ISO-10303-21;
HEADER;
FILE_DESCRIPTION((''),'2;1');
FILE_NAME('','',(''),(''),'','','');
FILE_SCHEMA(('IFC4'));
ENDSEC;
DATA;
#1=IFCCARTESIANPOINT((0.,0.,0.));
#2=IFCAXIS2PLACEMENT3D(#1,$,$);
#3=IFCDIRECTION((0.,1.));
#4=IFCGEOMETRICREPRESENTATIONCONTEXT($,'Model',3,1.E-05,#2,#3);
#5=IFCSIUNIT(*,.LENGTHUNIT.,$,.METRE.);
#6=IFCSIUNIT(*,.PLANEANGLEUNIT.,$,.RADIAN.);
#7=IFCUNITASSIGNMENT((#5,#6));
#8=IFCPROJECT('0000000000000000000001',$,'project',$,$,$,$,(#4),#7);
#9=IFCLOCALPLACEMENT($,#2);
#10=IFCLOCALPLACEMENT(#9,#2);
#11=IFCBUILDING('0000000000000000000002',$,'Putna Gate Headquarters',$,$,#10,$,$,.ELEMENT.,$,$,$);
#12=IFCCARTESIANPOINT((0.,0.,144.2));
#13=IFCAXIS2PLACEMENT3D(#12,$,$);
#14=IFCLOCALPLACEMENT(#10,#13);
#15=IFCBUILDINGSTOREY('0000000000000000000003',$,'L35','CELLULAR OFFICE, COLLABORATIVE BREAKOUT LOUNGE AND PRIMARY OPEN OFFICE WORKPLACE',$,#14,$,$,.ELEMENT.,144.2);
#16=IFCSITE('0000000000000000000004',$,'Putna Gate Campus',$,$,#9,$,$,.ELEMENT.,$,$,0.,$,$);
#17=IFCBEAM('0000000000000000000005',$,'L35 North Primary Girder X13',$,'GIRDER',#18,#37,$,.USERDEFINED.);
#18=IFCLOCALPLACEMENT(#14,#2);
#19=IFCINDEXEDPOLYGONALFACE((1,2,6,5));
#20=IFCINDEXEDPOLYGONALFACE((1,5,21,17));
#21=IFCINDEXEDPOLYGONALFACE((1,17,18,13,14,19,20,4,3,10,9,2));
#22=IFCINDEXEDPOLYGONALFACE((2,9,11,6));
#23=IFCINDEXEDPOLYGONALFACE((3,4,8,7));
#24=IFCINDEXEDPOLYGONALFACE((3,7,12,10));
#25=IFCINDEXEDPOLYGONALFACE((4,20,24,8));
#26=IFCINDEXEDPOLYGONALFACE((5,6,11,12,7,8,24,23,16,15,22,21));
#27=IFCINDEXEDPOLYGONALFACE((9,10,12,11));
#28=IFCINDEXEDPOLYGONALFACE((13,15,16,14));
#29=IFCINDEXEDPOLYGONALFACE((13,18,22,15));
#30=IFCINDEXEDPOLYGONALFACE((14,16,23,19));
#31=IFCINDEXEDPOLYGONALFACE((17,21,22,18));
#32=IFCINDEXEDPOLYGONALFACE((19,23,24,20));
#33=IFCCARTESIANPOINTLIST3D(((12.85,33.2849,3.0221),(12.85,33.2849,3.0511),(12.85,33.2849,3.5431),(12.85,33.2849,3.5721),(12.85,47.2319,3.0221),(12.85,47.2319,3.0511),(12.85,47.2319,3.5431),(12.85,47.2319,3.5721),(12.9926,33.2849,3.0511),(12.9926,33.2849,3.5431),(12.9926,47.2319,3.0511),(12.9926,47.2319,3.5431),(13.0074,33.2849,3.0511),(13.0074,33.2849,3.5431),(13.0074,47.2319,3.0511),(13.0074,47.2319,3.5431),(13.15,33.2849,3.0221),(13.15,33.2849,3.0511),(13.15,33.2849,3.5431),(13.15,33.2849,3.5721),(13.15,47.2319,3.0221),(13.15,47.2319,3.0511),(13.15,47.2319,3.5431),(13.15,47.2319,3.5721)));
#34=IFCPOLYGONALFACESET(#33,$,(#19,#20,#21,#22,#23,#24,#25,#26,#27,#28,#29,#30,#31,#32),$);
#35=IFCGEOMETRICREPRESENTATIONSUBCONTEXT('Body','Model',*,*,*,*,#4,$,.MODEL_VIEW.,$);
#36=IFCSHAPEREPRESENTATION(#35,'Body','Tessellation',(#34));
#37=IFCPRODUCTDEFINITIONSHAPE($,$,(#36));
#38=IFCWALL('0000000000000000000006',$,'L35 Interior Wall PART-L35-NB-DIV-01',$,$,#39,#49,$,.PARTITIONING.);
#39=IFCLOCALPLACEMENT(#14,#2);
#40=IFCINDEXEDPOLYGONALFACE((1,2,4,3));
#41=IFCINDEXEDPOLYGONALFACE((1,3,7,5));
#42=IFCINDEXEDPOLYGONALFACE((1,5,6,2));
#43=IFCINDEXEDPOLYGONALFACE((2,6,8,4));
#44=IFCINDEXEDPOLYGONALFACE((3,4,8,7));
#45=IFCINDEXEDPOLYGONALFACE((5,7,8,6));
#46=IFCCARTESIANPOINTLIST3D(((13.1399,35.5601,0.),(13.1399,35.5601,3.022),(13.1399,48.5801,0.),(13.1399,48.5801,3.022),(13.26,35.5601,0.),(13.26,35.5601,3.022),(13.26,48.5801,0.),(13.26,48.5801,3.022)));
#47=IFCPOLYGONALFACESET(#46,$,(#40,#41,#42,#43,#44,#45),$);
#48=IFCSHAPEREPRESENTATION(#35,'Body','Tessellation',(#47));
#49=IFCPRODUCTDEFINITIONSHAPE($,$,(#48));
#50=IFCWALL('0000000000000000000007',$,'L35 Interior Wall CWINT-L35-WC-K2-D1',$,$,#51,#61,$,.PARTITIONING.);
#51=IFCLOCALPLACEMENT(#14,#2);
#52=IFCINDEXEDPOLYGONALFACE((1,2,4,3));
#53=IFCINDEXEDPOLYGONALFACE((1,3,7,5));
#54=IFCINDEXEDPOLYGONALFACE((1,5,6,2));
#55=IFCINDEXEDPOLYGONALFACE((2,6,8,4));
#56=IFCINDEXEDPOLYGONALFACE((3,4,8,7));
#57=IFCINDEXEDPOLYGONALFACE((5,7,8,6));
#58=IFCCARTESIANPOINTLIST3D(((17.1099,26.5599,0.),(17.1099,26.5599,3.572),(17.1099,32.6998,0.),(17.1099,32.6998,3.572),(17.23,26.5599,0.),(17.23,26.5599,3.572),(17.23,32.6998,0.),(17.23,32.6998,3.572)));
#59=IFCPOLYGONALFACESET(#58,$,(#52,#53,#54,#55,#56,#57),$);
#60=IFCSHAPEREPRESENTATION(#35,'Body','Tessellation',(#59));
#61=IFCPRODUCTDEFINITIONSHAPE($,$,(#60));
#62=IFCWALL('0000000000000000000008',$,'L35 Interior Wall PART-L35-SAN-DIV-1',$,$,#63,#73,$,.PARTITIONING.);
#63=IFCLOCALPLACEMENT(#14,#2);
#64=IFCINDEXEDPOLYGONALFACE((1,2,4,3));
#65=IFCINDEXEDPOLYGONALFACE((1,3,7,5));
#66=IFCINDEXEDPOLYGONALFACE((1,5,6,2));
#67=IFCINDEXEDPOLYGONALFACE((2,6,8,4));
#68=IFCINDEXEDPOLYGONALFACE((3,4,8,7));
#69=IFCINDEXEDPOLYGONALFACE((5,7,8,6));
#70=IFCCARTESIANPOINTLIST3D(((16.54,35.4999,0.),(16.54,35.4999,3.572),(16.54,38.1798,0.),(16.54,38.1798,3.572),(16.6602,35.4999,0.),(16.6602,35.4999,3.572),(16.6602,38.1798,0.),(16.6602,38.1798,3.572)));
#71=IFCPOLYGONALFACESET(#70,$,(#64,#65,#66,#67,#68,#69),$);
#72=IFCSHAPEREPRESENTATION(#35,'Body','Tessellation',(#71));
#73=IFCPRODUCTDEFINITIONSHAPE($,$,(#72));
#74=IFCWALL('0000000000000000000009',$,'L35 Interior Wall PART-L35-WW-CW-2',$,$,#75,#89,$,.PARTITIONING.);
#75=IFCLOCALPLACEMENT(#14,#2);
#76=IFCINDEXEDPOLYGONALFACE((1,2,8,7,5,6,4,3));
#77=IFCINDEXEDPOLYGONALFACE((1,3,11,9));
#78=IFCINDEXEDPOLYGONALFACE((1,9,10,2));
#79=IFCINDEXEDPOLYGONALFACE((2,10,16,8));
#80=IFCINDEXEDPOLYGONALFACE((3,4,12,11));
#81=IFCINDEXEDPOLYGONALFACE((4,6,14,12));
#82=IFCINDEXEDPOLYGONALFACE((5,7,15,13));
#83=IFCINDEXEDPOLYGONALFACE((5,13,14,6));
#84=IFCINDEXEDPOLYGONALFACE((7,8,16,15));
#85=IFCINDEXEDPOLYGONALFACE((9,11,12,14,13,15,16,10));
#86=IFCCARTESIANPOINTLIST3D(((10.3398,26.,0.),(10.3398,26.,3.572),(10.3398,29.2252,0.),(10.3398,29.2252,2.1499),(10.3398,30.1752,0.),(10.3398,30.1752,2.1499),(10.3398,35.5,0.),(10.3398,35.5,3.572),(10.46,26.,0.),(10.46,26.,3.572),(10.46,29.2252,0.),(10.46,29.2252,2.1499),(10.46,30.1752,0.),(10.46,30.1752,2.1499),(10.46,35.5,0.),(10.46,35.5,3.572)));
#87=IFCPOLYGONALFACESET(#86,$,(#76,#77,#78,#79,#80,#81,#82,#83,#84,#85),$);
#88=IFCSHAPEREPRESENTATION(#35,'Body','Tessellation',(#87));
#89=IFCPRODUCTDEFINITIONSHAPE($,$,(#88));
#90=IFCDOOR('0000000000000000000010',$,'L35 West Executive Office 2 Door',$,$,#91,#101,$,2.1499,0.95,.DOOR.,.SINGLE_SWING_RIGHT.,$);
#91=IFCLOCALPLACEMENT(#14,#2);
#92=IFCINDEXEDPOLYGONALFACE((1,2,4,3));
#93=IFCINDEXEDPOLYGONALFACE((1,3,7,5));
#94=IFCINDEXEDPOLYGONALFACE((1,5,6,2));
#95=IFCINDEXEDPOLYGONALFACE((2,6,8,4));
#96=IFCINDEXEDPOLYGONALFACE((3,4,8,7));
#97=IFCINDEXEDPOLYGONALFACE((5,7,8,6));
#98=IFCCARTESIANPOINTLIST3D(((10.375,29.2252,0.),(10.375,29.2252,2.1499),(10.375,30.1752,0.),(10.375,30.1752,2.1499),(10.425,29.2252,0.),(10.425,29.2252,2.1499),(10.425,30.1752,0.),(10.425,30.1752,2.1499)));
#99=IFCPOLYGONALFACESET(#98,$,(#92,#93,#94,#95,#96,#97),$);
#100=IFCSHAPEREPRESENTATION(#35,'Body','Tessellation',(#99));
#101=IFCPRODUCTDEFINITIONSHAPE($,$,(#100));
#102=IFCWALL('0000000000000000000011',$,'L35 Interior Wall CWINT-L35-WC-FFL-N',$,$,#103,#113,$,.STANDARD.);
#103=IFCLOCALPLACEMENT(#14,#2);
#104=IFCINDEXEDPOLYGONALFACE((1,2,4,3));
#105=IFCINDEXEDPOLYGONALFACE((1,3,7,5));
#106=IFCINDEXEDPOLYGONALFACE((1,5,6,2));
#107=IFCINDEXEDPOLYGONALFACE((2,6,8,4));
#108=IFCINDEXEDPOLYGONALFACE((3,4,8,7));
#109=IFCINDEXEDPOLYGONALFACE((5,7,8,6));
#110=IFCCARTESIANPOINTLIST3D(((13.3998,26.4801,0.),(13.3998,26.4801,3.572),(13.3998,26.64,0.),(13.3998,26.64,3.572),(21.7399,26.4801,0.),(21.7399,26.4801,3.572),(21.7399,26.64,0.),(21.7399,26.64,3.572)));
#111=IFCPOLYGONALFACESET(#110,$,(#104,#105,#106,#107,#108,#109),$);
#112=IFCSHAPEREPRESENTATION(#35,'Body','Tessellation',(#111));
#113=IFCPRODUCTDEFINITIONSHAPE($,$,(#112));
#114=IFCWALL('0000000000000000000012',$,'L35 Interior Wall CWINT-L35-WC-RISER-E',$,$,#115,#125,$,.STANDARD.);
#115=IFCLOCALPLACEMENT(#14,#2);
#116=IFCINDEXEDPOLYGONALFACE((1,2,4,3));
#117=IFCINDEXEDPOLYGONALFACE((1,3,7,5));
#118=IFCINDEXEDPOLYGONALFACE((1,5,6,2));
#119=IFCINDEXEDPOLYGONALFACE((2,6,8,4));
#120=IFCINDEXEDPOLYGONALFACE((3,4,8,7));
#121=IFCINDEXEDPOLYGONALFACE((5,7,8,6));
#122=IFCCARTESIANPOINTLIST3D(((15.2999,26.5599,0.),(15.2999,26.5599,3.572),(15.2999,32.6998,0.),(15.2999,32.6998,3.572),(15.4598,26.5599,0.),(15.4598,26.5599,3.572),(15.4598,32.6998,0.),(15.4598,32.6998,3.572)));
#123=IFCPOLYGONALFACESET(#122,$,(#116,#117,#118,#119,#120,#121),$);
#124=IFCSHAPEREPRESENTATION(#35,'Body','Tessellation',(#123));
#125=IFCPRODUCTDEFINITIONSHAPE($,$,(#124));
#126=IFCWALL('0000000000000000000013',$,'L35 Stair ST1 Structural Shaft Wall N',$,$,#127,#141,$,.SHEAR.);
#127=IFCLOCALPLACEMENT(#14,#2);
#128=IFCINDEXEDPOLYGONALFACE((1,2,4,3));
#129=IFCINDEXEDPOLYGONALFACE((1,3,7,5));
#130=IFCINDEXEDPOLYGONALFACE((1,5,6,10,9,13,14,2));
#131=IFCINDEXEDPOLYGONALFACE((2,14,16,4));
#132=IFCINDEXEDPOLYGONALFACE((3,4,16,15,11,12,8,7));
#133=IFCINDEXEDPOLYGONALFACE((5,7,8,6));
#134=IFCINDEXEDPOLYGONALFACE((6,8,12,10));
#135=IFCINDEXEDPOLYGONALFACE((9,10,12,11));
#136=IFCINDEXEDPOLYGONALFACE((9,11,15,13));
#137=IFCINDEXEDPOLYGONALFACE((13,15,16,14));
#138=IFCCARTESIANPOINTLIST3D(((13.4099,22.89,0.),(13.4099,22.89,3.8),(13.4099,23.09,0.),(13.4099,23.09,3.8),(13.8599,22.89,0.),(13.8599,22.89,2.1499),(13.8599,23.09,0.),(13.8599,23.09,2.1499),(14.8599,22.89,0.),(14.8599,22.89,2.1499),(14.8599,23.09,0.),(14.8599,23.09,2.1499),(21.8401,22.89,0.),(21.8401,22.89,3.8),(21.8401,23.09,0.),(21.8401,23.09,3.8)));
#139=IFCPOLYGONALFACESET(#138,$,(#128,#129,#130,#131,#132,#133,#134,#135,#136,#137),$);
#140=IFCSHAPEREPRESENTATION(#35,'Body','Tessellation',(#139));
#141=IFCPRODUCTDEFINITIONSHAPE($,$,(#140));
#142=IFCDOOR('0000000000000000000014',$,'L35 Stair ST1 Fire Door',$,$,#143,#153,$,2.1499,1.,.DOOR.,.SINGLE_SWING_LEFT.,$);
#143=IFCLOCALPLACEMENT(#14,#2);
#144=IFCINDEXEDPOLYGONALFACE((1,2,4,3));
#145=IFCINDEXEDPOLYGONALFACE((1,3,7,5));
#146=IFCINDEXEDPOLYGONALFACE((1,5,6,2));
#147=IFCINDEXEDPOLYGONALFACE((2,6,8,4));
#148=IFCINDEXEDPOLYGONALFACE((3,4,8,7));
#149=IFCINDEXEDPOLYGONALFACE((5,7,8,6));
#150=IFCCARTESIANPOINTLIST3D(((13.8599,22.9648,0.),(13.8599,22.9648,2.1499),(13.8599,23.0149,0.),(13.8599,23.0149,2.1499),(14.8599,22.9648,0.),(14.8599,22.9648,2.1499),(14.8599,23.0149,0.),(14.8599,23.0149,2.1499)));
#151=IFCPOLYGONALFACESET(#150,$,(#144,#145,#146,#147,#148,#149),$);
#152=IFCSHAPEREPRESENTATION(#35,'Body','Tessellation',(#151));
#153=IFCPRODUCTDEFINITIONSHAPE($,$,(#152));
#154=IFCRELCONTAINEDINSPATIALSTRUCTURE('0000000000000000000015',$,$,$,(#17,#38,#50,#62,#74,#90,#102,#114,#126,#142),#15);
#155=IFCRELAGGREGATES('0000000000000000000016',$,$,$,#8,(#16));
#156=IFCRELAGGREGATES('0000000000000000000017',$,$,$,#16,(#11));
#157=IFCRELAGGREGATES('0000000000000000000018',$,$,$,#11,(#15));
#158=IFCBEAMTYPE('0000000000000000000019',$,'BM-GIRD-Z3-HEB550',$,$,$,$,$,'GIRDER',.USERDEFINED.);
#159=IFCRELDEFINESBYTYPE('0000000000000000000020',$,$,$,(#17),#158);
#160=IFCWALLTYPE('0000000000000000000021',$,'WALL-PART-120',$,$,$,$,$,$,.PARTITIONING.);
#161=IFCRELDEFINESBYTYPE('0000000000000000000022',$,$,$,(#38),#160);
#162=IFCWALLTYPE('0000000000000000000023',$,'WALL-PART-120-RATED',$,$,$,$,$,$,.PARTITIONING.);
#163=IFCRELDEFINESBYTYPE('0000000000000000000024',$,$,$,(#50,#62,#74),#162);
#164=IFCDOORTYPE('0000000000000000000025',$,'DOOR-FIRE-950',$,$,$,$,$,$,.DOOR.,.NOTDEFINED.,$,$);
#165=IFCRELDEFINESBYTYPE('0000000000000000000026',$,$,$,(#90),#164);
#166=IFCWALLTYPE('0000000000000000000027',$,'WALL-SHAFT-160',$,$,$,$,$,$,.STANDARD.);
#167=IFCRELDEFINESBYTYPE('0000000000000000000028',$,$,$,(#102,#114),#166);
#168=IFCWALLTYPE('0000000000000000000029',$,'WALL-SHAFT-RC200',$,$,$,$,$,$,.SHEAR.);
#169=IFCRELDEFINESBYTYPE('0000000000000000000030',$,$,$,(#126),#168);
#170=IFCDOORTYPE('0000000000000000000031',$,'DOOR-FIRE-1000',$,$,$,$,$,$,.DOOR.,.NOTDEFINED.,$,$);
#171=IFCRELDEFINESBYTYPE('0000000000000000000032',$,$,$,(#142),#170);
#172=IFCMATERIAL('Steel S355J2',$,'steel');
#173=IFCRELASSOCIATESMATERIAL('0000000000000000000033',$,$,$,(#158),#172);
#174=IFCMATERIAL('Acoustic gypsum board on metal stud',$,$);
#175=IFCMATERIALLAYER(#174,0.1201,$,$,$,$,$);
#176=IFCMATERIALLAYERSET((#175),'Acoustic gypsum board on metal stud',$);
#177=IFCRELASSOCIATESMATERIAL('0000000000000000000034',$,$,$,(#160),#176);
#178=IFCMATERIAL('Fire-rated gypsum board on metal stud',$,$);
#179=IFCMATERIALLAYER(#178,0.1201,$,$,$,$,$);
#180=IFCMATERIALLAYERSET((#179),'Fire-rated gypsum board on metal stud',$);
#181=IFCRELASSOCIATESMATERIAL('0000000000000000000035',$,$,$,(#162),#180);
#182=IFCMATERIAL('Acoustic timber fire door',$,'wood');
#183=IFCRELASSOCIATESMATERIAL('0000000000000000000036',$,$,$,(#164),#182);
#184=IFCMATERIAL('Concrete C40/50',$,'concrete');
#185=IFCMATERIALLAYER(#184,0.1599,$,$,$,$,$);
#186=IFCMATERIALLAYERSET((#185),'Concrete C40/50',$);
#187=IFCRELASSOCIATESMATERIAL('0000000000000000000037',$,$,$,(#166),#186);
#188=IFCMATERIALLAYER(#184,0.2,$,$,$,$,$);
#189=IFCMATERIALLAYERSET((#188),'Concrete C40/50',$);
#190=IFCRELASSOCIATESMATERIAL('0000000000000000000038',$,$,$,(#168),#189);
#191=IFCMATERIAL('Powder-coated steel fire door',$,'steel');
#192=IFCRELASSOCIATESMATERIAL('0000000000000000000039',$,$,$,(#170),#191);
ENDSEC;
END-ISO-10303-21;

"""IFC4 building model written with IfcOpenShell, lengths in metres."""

from ifc_helpers import new_model, si_unit, direction, frame, frame_2d, origin, origin_2d, place, context, subcontext, project, spatial, rectangle, i_section, extrude, material, layer, layer_set, material_profile, profile_set, type_object, element, fill, save


model = new_model("IFC4")

# Units and contexts
model_context = context("Model", 3, precision=1e-05, world=origin(), true_north=direction((0.0, 1.0)))
body_context = subcontext(model_context, "Body", "Model", "MODEL_VIEW")
ifc_project = project(units=[si_unit("LENGTHUNIT", "METRE"), si_unit("PLANEANGLEUNIT", "RADIAN")], contexts=[model_context])

# Site, building, storey
site_placement = place(None, origin())
site = spatial("IfcSite", under=ifc_project, at=site_placement, Name="Putna Gate Campus", CompositionType="ELEMENT", RefElevation=0.0)
building_placement = place(site_placement, origin())
building = spatial("IfcBuilding", under=site, at=building_placement, Name="Putna Gate Headquarters", CompositionType="ELEMENT")
storey_placement = place(building_placement, frame((0.0, 0.0, 144.2)))
storey = spatial("IfcBuildingStorey", under=building, at=storey_placement, Name="L35", Description="CELLULAR OFFICE, COLLABORATIVE BREAKOUT LOUNGE AND PRIMARY OPEN OFFICE WORKPLACE", CompositionType="ELEMENT", Elevation=144.2)

# Beam
ifc_material_1 = material(Name="Steel S355J2", Category="steel")
ifc_material_profile = material_profile(ifc_material_1, i_section(OverallWidth=0.3, OverallDepth=0.55, WebThickness=0.0149, FlangeThickness=0.0291, at=origin_2d()), Name="Steel S355J2")
ifc_profile_set = profile_set([ifc_material_profile], Name="Steel S355J2")
beam_type = type_object("IfcBeamType", Name="BM-GIRD-Z3-HEB550", ElementType="GIRDER", PredefinedType="USERDEFINED", material=ifc_profile_set)
beam_placement = place(storey_placement, frame((13.0, 33.2849, 3.2971), z_axis=(0.0, 1.0, 0.0), x_axis=(-1.0, 0.0, 0.0)))
element("IfcBeam", 1, at=beam_placement, inside=storey, type_object=beam_type, Name="L35 North Primary Girder X13", ObjectType="GIRDER", PredefinedType="USERDEFINED", context=body_context, shape_type="SweptSolid", body=[
    extrude(i_section(OverallWidth=0.3, OverallDepth=0.55, WebThickness=0.0149, FlangeThickness=0.0291, at=origin_2d()), origin(), (0.0, 0.0, 1.0), 13.947),
])

# Walls
ifc_material_2 = material(Name="Acoustic gypsum board on metal stud")
ifc_layer_1 = layer(ifc_material_2, 0.1201)
ifc_layer_set_1 = layer_set([ifc_layer_1], Name="Acoustic gypsum board on metal stud")
wall_type_1 = type_object("IfcWallType", Name="WALL-PART-120", PredefinedType="PARTITIONING", material=ifc_layer_set_1)
wall_1_placement = place(storey_placement, frame((13.2, 35.5601, 0.0), z_axis=(0.0, 0.0, 1.0), x_axis=(0.0, 1.0, 0.0)))
element("IfcWall", 2, at=wall_1_placement, inside=storey, type_object=wall_type_1, Name="L35 Interior Wall PART-L35-NB-DIV-01", PredefinedType="PARTITIONING", context=body_context, shape_type="SweptSolid", body=[
    extrude(rectangle(XDim=13.02, YDim=0.1201, at=frame_2d((6.51, 0.0))), origin(), (0.0, 0.0, 1.0), 3.022),
])
ifc_material_3 = material(Name="Fire-rated gypsum board on metal stud")
ifc_layer_2 = layer(ifc_material_3, 0.1201)
ifc_layer_set_2 = layer_set([ifc_layer_2], Name="Fire-rated gypsum board on metal stud")
wall_type_2 = type_object("IfcWallType", Name="WALL-PART-120-RATED", PredefinedType="PARTITIONING", material=ifc_layer_set_2)
wall_2_placement = place(storey_placement, frame((17.1699, 26.5601, 0.0), z_axis=(0.0, 0.0, 1.0), x_axis=(0.0, 1.0, 0.0)))
element("IfcWall", 3, at=wall_2_placement, inside=storey, type_object=wall_type_2, Name="L35 Interior Wall CWINT-L35-WC-K2-D1", PredefinedType="PARTITIONING", context=body_context, shape_type="SweptSolid", body=[
    extrude(rectangle(XDim=6.1399, YDim=0.1201, at=frame_2d((3.0698, 0.0))), origin(), (0.0, 0.0, 1.0), 3.572),
])

# Shared definitions
ifc_material_4 = material(Name="Acoustic timber fire door", Category="wood")
door_type_1 = type_object("IfcDoorType", Name="DOOR-FIRE-950", OperationType="NOTDEFINED", PredefinedType="DOOR", material=ifc_material_4)

# Wall
wall_3_placement = place(storey_placement, frame((16.6001, 35.5, 0.0), z_axis=(0.0, 0.0, 1.0), x_axis=(0.0, 1.0, 0.0)))
element("IfcWall", 4, at=wall_3_placement, inside=storey, type_object=wall_type_2, Name="L35 Interior Wall PART-L35-SAN-DIV-1", PredefinedType="PARTITIONING", context=body_context, shape_type="SweptSolid", body=[
    extrude(rectangle(XDim=2.6799, YDim=0.1201, at=frame_2d((1.3398, 0.0))), origin(), (0.0, 0.0, 1.0), 3.572),
])

# Wall, opening, door
wall_4_placement = place(storey_placement, frame((10.3999, 26.0, 0.0), z_axis=(0.0, 0.0, 1.0), x_axis=(0.0, 1.0, 0.0)))
wall_4 = element("IfcWall", 5, at=wall_4_placement, inside=storey, type_object=wall_type_2, Name="L35 Interior Wall PART-L35-WW-CW-2", PredefinedType="PARTITIONING", context=body_context, shape_type="SweptSolid", body=[
    extrude(rectangle(XDim=9.5, YDim=0.1201, at=frame_2d((4.75, 0.0))), origin(), (0.0, 0.0, 1.0), 3.572),
])
opening_1_placement = place(wall_4_placement, frame((3.2251, 0.0, 0.0)))
opening_1 = element("IfcOpeningElement", 6, at=opening_1_placement, cuts=wall_4, PredefinedType="OPENING", context=body_context, shape_type="SweptSolid", body=[
    extrude(rectangle(XDim=0.95, YDim=2.1499, at=frame_2d((0.4751, 1.075))), frame((0.0, 0.0701, 0.0), z_axis=(0.0, -1.0, 0.0), x_axis=(1.0, 0.0, 0.0)), (0.0, 0.0, 1.0), 0.1401),
])
door_1_placement = place(opening_1_placement, origin())
door_1 = element("IfcDoor", 7, at=door_1_placement, inside=storey, type_object=door_type_1, Name="L35 West Executive Office 2 Door", OperationType="SINGLE_SWING_RIGHT", OverallHeight=2.1499, OverallWidth=0.95, PredefinedType="DOOR", context=body_context, shape_type="SweptSolid", body=[
    extrude(rectangle(XDim=0.95, YDim=2.1499, at=frame_2d((0.4751, 1.075))), frame((0.0, 0.0249, 0.0), z_axis=(0.0, -1.0, 0.0), x_axis=(1.0, 0.0, 0.0)), (0.0, 0.0, 1.0), 0.05),
])
fill(opening_1, door_1)

# Walls
ifc_material_5 = material(Name="Concrete C40/50", Category="concrete")
ifc_layer_3 = layer(ifc_material_5, 0.1599)
ifc_layer_set_3 = layer_set([ifc_layer_3], Name="Concrete C40/50")
wall_type_3 = type_object("IfcWallType", Name="WALL-SHAFT-160", PredefinedType="STANDARD", material=ifc_layer_set_3)
wall_5_placement = place(storey_placement, frame((13.3999, 26.5601, 0.0), z_axis=(0.0, 0.0, 1.0), x_axis=(1.0, 0.0, 0.0)))
element("IfcWall", 8, at=wall_5_placement, inside=storey, type_object=wall_type_3, Name="L35 Interior Wall CWINT-L35-WC-FFL-N", PredefinedType="STANDARD", context=body_context, shape_type="SweptSolid", body=[
    extrude(rectangle(XDim=8.3401, YDim=0.1599, at=frame_2d((4.1699, 0.0))), origin(), (0.0, 0.0, 1.0), 3.572),
])
wall_6_placement = place(storey_placement, frame((15.3799, 26.5601, 0.0), z_axis=(0.0, 0.0, 1.0), x_axis=(0.0, 1.0, 0.0)))
element("IfcWall", 9, at=wall_6_placement, inside=storey, type_object=wall_type_3, Name="L35 Interior Wall CWINT-L35-WC-RISER-E", PredefinedType="STANDARD", context=body_context, shape_type="SweptSolid", body=[
    extrude(rectangle(XDim=6.1399, YDim=0.1599, at=frame_2d((3.0698, 0.0))), origin(), (0.0, 0.0, 1.0), 3.572),
])

# Wall, opening, door
ifc_layer_4 = layer(ifc_material_5, 0.2)
ifc_layer_set_4 = layer_set([ifc_layer_4], Name="Concrete C40/50")
wall_type_4 = type_object("IfcWallType", Name="WALL-SHAFT-RC200", PredefinedType="SHEAR", material=ifc_layer_set_4)
wall_7_placement = place(storey_placement, frame((13.4099, 22.99, 0.0), z_axis=(0.0, 0.0, 1.0), x_axis=(1.0, 0.0, 0.0)))
wall_7 = element("IfcWall", 10, at=wall_7_placement, inside=storey, type_object=wall_type_4, Name="L35 Stair ST1 Structural Shaft Wall N", PredefinedType="SHEAR", context=body_context, shape_type="SweptSolid", body=[
    extrude(rectangle(XDim=8.4302, YDim=0.2, at=frame_2d((4.2151, 0.0))), origin(), (0.0, 0.0, 1.0), 3.8),
])
opening_2_placement = place(wall_7_placement, frame((0.45, 0.0, 0.0)))
opening_2 = element("IfcOpeningElement", 11, at=opening_2_placement, cuts=wall_7, PredefinedType="OPENING", context=body_context, shape_type="SweptSolid", body=[
    extrude(rectangle(XDim=1.0, YDim=2.1499, at=frame_2d((0.5, 1.075))), frame((0.0, 0.1099, 0.0), z_axis=(0.0, -1.0, 0.0), x_axis=(1.0, 0.0, 0.0)), (0.0, 0.0, 1.0), 0.22),
])
ifc_material_6 = material(Name="Powder-coated steel fire door", Category="steel")
door_type_2 = type_object("IfcDoorType", Name="DOOR-FIRE-1000", OperationType="NOTDEFINED", PredefinedType="DOOR", material=ifc_material_6)
door_2_placement = place(opening_2_placement, origin())
door_2 = element("IfcDoor", 12, at=door_2_placement, inside=storey, type_object=door_type_2, Name="L35 Stair ST1 Fire Door", OperationType="SINGLE_SWING_LEFT", OverallHeight=2.1499, OverallWidth=1.0, PredefinedType="DOOR", context=body_context, shape_type="SweptSolid", body=[
    extrude(rectangle(XDim=1.0, YDim=2.1499, at=frame_2d((0.5, 1.075))), frame((0.0, 0.0249, 0.0), z_axis=(0.0, -1.0, 0.0), x_axis=(1.0, 0.0, 0.0)), (0.0, 0.0, 1.0), 0.05),
])
fill(opening_2, door_2)

save(model, "model.ifc")
